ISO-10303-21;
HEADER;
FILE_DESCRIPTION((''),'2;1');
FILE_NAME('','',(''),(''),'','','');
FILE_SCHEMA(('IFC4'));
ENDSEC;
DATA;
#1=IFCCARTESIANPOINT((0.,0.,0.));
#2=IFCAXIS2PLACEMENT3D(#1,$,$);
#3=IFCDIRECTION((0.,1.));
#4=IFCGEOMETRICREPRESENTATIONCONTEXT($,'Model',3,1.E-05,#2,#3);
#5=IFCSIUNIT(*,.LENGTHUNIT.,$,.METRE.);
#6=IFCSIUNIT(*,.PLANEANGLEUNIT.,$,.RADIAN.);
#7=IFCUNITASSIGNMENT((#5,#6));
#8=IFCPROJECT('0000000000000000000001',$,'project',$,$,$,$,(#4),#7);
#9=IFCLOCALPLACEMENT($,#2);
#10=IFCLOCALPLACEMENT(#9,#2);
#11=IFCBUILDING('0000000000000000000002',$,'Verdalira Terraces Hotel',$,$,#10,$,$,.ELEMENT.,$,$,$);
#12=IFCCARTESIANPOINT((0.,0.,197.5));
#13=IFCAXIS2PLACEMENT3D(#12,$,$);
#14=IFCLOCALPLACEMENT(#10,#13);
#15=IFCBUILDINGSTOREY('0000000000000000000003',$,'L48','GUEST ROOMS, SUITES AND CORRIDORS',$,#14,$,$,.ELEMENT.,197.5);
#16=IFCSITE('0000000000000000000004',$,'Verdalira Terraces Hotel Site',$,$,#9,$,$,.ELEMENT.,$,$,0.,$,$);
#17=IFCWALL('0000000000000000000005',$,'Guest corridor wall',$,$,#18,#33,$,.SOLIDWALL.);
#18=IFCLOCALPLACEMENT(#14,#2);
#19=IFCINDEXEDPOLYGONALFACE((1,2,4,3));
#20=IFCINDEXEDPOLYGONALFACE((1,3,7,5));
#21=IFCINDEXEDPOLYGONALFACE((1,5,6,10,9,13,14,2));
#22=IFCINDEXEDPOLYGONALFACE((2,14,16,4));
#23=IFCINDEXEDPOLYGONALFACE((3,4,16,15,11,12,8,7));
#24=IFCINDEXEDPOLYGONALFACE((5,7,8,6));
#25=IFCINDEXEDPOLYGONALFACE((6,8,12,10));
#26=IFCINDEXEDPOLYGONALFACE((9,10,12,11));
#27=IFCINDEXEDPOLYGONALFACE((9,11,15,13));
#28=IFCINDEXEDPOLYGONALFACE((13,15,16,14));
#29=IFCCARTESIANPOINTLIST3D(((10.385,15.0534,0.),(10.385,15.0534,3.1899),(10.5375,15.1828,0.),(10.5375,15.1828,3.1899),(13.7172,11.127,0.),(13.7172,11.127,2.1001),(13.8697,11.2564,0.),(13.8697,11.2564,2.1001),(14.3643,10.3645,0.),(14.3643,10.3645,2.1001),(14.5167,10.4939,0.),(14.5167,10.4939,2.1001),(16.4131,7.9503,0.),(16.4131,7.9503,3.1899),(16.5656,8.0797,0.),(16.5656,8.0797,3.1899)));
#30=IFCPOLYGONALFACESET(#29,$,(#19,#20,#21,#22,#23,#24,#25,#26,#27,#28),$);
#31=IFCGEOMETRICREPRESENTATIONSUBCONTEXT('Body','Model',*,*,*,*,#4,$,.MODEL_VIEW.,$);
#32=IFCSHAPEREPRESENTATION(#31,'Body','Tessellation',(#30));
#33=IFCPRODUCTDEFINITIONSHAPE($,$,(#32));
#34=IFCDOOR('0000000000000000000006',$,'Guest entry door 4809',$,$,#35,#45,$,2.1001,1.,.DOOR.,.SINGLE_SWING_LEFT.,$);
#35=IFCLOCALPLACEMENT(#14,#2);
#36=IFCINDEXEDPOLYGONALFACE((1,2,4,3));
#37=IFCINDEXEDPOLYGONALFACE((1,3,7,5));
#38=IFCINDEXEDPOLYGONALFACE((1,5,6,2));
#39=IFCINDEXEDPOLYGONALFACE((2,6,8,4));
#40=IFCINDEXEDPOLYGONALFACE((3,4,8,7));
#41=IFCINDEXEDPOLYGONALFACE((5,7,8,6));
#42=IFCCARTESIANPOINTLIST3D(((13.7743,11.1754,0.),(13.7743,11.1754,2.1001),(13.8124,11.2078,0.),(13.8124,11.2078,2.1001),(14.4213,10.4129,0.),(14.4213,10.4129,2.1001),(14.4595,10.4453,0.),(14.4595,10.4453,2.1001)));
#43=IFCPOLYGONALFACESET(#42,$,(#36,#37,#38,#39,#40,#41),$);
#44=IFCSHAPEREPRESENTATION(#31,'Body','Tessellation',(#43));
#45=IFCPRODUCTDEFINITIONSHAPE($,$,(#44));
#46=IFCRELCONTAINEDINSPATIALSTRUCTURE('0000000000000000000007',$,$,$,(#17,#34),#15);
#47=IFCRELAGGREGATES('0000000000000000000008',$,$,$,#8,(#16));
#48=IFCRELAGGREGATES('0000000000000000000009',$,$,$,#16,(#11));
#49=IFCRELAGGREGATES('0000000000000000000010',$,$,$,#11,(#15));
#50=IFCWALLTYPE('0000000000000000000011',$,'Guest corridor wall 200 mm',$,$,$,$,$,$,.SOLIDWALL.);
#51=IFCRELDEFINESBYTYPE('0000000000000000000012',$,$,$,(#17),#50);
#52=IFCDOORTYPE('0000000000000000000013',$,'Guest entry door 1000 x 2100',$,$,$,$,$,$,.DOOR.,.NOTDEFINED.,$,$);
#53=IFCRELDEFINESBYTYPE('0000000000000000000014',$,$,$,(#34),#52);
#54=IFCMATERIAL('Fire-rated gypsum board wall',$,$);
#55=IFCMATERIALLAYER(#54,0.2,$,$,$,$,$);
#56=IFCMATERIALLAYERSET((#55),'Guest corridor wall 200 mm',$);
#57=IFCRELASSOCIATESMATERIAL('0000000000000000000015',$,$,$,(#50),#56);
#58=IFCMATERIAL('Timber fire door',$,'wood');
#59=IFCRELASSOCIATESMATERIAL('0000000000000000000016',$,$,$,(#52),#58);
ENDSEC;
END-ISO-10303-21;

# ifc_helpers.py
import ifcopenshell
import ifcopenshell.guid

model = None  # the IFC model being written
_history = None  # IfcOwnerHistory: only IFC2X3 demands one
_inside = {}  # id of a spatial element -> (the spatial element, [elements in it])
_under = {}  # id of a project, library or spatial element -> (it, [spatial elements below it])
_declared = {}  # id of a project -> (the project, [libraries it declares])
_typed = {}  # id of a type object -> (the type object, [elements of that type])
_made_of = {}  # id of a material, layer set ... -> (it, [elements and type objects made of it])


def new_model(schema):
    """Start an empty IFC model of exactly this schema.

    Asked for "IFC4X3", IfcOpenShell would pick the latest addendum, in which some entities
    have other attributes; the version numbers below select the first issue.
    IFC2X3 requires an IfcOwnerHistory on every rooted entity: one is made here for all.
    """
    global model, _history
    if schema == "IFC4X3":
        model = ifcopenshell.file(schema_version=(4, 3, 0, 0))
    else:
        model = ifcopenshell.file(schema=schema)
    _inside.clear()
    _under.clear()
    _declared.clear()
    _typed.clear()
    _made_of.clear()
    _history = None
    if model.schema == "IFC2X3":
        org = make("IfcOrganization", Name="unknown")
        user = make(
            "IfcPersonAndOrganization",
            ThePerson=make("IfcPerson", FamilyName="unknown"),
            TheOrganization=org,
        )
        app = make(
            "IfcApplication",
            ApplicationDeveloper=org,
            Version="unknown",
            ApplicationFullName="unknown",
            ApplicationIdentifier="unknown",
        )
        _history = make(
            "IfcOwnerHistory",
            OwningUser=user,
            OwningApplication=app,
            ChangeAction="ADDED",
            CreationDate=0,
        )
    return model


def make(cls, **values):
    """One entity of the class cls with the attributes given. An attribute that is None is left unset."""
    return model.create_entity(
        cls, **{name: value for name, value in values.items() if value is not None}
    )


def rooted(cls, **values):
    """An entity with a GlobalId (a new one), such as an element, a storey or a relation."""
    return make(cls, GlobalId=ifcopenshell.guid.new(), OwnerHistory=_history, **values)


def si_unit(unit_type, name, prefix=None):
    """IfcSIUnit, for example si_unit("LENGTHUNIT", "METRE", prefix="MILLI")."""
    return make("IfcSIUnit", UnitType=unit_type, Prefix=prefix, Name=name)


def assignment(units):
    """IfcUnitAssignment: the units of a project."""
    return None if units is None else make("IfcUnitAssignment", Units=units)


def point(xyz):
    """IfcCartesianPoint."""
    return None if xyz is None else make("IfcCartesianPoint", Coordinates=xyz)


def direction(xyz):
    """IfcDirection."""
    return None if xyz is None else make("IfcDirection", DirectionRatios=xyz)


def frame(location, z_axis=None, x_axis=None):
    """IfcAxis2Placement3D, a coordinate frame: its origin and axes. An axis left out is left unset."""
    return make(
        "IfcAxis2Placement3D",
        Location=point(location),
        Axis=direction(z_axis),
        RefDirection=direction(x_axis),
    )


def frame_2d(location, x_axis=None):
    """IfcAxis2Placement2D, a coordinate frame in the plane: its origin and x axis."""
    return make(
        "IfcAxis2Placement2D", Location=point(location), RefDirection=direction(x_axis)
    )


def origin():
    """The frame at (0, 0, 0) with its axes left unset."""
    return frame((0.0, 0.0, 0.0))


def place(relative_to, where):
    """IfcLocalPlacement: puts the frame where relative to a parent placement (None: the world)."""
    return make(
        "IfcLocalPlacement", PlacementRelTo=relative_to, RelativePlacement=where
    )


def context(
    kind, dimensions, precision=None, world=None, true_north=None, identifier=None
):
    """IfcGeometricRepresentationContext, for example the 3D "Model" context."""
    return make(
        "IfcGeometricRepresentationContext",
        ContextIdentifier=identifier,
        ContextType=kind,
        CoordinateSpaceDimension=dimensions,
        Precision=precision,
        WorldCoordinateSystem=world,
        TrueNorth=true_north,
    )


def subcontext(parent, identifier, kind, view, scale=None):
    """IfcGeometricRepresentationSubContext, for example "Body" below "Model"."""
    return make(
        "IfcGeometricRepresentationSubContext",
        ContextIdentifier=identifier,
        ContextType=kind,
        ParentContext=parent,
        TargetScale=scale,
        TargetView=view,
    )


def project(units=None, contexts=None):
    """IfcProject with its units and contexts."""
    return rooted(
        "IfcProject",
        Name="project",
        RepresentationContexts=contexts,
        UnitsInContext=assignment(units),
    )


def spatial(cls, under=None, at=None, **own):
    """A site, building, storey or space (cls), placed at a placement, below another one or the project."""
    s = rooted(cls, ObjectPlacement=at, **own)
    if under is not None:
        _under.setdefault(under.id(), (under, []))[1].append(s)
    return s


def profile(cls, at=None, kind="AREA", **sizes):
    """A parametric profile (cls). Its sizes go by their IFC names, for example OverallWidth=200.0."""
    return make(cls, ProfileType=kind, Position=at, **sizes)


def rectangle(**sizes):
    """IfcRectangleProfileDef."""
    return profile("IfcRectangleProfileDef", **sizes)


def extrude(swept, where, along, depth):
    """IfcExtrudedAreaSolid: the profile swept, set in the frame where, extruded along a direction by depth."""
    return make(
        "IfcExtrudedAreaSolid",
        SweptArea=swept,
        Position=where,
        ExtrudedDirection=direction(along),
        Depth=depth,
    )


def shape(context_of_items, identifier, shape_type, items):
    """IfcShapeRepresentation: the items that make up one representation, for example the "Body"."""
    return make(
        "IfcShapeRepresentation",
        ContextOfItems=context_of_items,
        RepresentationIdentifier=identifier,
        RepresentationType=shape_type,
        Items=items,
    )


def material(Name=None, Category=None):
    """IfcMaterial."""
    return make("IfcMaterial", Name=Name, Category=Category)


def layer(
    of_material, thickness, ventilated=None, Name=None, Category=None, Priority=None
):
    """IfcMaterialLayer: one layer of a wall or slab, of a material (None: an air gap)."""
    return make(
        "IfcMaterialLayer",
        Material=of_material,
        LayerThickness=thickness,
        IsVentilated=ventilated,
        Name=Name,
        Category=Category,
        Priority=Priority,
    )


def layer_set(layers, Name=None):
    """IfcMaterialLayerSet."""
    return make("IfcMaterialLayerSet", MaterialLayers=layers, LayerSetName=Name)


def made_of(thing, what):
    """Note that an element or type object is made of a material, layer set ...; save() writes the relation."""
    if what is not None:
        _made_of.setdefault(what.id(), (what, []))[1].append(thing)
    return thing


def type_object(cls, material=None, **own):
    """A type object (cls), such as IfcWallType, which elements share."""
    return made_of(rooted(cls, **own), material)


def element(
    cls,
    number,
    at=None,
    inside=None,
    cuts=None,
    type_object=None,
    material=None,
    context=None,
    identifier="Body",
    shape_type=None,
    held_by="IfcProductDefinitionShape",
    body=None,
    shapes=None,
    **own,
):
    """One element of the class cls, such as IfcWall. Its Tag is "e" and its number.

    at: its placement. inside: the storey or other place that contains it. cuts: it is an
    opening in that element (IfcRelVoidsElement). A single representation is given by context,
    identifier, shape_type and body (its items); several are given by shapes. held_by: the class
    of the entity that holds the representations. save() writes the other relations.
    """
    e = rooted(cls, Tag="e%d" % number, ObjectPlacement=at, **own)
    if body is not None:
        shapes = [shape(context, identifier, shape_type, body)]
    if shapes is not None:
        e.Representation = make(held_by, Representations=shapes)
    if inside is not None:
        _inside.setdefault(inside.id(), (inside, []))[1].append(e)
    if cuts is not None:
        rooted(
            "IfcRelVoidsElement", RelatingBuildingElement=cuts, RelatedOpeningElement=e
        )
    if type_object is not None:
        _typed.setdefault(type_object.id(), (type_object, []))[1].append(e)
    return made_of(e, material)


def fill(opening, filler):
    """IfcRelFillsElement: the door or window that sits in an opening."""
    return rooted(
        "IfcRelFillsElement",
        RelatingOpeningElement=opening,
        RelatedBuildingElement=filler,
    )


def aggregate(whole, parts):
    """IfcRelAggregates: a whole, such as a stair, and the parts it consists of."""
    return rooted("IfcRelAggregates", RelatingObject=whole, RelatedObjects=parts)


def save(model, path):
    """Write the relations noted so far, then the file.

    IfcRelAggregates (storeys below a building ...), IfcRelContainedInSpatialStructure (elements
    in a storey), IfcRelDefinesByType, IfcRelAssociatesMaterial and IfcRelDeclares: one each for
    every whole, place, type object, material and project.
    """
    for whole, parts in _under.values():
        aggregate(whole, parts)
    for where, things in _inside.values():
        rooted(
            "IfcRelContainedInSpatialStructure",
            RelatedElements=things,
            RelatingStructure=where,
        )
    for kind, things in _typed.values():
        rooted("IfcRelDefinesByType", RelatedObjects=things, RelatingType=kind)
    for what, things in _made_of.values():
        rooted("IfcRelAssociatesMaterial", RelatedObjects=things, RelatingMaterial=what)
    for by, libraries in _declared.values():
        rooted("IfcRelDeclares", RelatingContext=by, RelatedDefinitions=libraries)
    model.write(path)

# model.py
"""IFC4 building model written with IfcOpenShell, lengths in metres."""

from ifc_helpers import new_model, si_unit, direction, frame, frame_2d, origin, place, context, subcontext, project, spatial, rectangle, extrude, material, layer, layer_set, type_object, element, fill, save


model = new_model("IFC4")

# Units and contexts
model_context = context("Model", 3, precision=1e-05, world=origin(), true_north=direction((0.0, 1.0)))
body_context = subcontext(model_context, "Body", "Model", "MODEL_VIEW")
ifc_project = project(units=[si_unit("LENGTHUNIT", "METRE"), si_unit("PLANEANGLEUNIT", "RADIAN")], contexts=[model_context])

# Site, building, storey
site_placement = place(None, origin())
site = spatial("IfcSite", under=ifc_project, at=site_placement, Name="Verdalira Terraces Hotel Site", CompositionType="ELEMENT", RefElevation=0.0)
building_placement = place(site_placement, origin())
building = spatial("IfcBuilding", under=site, at=building_placement, Name="Verdalira Terraces Hotel", CompositionType="ELEMENT")
storey_placement = place(building_placement, frame((0.0, 0.0, 197.5)))
storey = spatial("IfcBuildingStorey", under=building, at=storey_placement, Name="L48", Description="GUEST ROOMS, SUITES AND CORRIDORS", CompositionType="ELEMENT", Elevation=197.5)

# Wall, opening, door
ifc_material_1 = material(Name="Fire-rated gypsum board wall")
ifc_layer_1 = layer(ifc_material_1, 0.2)
ifc_layer_set_1 = layer_set([ifc_layer_1], Name="Guest corridor wall 200 mm")
wall_type_1 = type_object("IfcWallType", Name="Guest corridor wall 200 mm", PredefinedType="SOLIDWALL", material=ifc_layer_set_1)
wall_1_placement = place(storey_placement, frame((10.4612, 15.1182, 0.0), z_axis=(0.0, 0.0, 1.0), x_axis=(0.647056, -0.762442, 0.0)))
wall_1 = element("IfcWall", 1, at=wall_1_placement, inside=storey, type_object=wall_type_1, Name="Guest corridor wall", PredefinedType="SOLIDWALL", context=body_context, shape_type="SweptSolid", body=[
    extrude(rectangle(XDim=9.3162, YDim=0.2, at=frame_2d((4.6582, 0.0))), origin(), (0.0, 0.0, 1.0), 3.1899),
])
opening_1_placement = place(wall_1_placement, frame((5.1499, 0.0, 0.0)))
opening_1 = element("IfcOpeningElement", 2, at=opening_1_placement, cuts=wall_1, PredefinedType="OPENING", context=body_context, shape_type="SweptSolid", body=[
    extrude(rectangle(XDim=1.0, YDim=2.1001, at=frame_2d((0.5, 1.05))), frame((0.0, 0.1099, 0.0), z_axis=(0.0, -1.0, 0.0), x_axis=(1.0, 0.0, 0.0)), (0.0, 0.0, 1.0), 0.22),
])
ifc_material_2 = material(Name="Timber fire door", Category="wood")
door_type_1 = type_object("IfcDoorType", Name="Guest entry door 1000 x 2100", OperationType="NOTDEFINED", PredefinedType="DOOR", material=ifc_material_2)
door_1_placement = place(opening_1_placement, origin())
door_1 = element("IfcDoor", 3, at=door_1_placement, inside=storey, type_object=door_type_1, Name="Guest entry door 4809", OperationType="SINGLE_SWING_LEFT", OverallHeight=2.1001, OverallWidth=1.0, PredefinedType="DOOR", context=body_context, shape_type="SweptSolid", body=[
    extrude(rectangle(XDim=1.0, YDim=2.1001, at=frame_2d((0.5, 1.05))), frame((0.0, 0.0249, 0.0), z_axis=(0.0, -1.0, 0.0), x_axis=(1.0, 0.0, 0.0)), (0.0, 0.0, 1.0), 0.05),
])
fill(opening_1, door_1)

save(model, "model.ifc")
